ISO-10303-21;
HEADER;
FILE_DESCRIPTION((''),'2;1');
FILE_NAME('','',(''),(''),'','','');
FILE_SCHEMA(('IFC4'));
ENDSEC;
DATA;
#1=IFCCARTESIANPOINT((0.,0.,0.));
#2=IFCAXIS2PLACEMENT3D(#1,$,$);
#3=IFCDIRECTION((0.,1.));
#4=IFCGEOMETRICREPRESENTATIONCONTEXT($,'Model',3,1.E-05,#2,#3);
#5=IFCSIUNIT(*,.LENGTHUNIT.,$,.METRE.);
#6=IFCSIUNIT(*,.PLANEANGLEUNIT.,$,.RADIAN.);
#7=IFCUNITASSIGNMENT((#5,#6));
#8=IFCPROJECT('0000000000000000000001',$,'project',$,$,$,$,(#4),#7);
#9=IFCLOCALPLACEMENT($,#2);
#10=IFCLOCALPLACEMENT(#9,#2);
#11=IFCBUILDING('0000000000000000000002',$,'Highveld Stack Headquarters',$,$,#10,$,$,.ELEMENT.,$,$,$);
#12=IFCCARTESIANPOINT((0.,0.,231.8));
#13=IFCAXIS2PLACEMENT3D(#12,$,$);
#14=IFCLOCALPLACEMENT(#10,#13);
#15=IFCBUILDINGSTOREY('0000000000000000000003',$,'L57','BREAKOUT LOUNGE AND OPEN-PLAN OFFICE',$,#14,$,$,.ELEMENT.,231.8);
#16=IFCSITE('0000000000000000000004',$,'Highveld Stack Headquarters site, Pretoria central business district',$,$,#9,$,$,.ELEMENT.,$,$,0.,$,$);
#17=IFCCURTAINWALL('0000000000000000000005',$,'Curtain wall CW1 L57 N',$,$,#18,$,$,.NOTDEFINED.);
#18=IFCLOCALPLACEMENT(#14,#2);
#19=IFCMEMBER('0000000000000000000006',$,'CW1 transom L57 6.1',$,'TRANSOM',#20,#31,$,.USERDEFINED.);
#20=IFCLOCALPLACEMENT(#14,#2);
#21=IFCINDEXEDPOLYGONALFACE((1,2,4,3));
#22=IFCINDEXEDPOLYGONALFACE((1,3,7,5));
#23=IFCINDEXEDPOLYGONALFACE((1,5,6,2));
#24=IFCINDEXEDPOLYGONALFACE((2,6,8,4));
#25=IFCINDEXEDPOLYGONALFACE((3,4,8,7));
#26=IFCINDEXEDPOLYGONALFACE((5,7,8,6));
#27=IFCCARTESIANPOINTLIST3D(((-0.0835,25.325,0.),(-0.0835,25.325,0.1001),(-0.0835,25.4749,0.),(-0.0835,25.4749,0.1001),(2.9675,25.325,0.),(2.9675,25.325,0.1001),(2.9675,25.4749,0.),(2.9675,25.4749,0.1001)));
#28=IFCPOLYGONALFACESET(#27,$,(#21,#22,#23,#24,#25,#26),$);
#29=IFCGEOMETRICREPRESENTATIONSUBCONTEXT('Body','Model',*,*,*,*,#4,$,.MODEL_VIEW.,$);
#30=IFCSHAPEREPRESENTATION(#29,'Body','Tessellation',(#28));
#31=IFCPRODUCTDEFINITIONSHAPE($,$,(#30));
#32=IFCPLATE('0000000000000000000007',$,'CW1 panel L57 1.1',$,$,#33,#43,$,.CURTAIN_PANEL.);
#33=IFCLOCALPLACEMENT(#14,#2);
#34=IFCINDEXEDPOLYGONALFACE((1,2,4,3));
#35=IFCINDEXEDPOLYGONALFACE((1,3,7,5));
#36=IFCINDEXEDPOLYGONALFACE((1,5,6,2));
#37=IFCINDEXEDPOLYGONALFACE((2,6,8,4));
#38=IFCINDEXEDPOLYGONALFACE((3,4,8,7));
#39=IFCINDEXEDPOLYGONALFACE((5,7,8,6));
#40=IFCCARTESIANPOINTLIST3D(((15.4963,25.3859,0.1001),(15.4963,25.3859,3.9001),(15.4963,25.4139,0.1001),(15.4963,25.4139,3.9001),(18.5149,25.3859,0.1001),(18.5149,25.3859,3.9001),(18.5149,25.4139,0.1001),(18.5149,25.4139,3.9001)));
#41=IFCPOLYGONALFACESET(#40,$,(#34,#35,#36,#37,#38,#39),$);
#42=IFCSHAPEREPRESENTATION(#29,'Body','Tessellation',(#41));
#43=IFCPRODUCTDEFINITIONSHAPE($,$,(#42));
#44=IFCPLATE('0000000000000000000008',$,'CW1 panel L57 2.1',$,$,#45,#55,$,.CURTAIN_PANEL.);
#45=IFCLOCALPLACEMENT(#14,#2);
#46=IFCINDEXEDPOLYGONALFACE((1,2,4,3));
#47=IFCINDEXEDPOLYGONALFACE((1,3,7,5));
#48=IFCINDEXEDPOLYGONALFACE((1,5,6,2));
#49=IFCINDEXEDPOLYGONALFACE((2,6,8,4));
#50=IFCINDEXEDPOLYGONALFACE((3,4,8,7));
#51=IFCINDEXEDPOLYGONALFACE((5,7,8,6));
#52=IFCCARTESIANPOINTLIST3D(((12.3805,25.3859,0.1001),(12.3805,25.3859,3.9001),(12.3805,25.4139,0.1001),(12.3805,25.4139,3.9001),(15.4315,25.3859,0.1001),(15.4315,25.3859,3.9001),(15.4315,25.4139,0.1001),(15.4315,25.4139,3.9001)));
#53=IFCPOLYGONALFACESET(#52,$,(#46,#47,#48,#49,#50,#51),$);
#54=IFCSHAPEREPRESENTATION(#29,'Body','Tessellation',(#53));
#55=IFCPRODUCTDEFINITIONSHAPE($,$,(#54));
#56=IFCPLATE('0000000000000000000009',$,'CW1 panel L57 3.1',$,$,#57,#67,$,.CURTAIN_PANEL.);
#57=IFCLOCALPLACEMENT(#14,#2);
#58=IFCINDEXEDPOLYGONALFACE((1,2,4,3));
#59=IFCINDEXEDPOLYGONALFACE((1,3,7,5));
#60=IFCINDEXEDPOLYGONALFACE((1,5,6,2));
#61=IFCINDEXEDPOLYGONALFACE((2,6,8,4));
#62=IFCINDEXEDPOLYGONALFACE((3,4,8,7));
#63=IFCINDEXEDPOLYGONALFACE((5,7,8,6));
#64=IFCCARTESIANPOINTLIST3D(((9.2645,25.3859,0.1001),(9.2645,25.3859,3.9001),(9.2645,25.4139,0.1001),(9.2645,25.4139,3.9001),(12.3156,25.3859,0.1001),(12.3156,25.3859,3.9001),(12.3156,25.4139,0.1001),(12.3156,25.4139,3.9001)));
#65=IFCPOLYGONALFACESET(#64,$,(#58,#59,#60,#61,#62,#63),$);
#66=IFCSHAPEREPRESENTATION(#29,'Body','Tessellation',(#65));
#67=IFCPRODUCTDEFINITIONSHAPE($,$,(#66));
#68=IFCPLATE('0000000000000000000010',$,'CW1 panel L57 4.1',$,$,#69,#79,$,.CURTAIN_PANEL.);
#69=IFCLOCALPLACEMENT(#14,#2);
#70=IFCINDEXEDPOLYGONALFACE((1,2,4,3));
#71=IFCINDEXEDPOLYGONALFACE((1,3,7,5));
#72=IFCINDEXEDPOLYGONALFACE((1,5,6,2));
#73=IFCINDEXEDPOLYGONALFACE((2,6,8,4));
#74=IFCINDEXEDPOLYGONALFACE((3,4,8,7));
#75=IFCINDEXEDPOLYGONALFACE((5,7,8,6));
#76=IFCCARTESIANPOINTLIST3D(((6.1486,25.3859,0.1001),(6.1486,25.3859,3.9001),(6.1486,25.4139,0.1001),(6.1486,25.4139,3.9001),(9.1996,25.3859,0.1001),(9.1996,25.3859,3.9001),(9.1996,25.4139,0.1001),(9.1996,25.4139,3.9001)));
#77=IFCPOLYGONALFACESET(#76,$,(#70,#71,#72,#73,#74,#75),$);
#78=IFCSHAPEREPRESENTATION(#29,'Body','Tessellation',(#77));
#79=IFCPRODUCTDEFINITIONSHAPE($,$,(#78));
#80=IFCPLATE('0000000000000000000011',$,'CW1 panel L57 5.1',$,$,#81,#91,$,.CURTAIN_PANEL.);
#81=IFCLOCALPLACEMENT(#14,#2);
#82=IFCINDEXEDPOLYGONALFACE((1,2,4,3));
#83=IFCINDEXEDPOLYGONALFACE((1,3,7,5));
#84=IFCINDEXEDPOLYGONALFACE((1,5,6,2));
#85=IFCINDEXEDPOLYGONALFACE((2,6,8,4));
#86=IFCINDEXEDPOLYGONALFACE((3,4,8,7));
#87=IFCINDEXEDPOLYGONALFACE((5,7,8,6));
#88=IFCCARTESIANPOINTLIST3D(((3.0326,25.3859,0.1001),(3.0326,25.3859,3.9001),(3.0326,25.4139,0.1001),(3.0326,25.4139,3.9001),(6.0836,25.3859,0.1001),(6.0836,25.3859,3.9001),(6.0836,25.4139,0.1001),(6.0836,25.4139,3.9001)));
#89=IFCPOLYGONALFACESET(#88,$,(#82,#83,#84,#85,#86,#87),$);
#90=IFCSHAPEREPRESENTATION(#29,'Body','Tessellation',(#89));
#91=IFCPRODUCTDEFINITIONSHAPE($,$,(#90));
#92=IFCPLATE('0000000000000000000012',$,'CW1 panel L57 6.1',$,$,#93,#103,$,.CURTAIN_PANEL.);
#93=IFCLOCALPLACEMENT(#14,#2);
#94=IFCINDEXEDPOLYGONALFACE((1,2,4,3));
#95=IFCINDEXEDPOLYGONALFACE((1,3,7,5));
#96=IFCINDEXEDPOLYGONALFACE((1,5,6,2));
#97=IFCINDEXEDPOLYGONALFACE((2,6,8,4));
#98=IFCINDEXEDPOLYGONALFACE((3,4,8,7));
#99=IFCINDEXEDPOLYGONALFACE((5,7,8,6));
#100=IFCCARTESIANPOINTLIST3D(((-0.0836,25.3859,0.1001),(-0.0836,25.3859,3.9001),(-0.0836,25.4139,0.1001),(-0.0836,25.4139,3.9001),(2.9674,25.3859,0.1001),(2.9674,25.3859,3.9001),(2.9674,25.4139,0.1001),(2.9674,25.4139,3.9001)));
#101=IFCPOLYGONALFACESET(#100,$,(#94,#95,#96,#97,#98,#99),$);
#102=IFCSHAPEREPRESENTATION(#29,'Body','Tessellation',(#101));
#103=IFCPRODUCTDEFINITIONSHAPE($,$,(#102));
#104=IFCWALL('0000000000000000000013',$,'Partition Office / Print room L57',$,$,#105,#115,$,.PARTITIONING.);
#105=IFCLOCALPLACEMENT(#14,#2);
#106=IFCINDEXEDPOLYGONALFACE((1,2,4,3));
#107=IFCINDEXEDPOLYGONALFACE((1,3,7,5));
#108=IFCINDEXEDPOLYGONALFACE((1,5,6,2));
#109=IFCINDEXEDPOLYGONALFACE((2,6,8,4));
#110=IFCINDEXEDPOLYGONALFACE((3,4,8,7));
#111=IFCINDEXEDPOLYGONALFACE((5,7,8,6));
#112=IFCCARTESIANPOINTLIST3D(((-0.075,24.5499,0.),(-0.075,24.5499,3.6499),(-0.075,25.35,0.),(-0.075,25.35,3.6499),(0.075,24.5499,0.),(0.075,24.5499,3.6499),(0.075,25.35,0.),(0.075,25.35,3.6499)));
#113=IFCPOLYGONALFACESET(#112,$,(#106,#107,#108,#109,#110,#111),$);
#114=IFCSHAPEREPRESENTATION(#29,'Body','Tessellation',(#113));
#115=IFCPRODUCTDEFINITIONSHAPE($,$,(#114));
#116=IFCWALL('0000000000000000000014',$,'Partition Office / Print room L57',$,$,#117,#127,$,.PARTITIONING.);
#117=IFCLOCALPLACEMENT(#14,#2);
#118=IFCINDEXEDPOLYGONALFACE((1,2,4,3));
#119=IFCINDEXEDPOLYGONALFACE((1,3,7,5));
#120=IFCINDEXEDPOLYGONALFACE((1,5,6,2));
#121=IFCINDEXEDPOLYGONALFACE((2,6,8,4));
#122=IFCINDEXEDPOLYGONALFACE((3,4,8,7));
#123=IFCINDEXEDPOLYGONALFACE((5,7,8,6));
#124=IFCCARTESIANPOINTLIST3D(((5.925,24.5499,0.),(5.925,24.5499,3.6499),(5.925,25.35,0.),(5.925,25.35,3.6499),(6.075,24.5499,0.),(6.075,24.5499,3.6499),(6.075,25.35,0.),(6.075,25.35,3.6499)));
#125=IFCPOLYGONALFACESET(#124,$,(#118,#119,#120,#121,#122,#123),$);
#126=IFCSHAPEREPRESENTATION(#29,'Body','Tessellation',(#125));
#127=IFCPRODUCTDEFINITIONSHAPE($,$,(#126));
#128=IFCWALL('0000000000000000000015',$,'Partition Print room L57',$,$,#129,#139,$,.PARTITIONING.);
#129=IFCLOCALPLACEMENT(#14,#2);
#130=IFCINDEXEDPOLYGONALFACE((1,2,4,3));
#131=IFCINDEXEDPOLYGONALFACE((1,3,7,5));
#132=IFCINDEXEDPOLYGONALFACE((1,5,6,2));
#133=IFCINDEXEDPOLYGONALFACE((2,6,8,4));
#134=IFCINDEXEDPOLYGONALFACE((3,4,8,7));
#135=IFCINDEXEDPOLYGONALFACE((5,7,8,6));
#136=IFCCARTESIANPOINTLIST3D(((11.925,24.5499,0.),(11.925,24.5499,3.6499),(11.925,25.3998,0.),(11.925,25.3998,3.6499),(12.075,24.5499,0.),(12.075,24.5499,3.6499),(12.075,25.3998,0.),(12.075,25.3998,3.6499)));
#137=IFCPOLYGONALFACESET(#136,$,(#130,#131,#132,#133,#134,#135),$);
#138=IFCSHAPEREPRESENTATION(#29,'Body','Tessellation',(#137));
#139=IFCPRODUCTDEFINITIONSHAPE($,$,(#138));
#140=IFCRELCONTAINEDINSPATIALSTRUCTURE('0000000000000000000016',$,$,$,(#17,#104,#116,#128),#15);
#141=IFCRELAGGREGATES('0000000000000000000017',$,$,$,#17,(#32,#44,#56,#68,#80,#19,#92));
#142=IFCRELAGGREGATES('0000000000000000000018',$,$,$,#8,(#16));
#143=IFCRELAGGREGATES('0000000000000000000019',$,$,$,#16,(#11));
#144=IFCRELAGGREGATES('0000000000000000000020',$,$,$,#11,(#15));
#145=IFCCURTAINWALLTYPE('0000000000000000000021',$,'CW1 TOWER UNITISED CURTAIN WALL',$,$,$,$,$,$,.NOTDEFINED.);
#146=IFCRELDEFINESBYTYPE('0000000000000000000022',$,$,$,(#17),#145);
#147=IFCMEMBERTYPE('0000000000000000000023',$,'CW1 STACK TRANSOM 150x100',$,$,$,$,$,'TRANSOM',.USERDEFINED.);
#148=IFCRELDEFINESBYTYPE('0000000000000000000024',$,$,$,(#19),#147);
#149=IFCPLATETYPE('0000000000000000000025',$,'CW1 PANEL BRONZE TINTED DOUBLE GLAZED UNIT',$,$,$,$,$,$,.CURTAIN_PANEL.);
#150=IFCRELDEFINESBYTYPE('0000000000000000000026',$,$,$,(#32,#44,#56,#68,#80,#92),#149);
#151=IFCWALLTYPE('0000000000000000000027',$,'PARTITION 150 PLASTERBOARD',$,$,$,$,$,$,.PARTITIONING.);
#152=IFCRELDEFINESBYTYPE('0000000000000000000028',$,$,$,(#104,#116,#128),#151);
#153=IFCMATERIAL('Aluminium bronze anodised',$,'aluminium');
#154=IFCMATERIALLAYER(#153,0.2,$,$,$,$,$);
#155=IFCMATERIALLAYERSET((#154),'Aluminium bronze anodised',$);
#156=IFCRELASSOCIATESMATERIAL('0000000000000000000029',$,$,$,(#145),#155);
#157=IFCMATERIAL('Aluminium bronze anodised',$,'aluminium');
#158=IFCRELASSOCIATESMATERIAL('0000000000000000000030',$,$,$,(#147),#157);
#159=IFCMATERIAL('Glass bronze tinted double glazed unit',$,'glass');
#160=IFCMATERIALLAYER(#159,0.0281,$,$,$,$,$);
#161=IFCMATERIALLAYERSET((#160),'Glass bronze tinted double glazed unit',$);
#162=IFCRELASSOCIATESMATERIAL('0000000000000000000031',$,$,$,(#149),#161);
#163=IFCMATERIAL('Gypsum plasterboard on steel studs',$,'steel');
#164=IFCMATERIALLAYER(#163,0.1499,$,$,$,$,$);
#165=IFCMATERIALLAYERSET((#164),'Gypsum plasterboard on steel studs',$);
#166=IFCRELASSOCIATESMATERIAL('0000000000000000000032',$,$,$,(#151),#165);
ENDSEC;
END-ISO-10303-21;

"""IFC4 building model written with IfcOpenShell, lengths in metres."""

from ifc_helpers import new_model, si_unit, direction, frame, frame_2d, origin, origin_2d, place, context, subcontext, project, spatial, rectangle, extrude, material, layer, layer_set, material_profile, profile_set, type_object, element, aggregate, save


model = new_model("IFC4")

# Units and contexts
model_context = context("Model", 3, precision=1e-05, world=origin(), true_north=direction((0.0, 1.0)))
body_context = subcontext(model_context, "Body", "Model", "MODEL_VIEW")
ifc_project = project(units=[si_unit("LENGTHUNIT", "METRE"), si_unit("PLANEANGLEUNIT", "RADIAN")], contexts=[model_context])

# Site, building, storey
site_placement = place(None, origin())
site = spatial("IfcSite", under=ifc_project, at=site_placement, Name="Highveld Stack Headquarters site, Pretoria central business district", CompositionType="ELEMENT", RefElevation=0.0)
building_placement = place(site_placement, origin())
building = spatial("IfcBuilding", under=site, at=building_placement, Name="Highveld Stack Headquarters", CompositionType="ELEMENT")
storey_placement = place(building_placement, frame((0.0, 0.0, 231.8)))
storey = spatial("IfcBuildingStorey", under=building, at=storey_placement, Name="L57", Description="BREAKOUT LOUNGE AND OPEN-PLAN OFFICE", CompositionType="ELEMENT", Elevation=231.8)

# Curtain wall, member, plates
ifc_material_1 = material(Name="Aluminium bronze anodised", Category="aluminium")
ifc_layer_1 = layer(ifc_material_1, 0.2)
ifc_layer_set_1 = layer_set([ifc_layer_1], Name="Aluminium bronze anodised")
curtain_wall_type = type_object("IfcCurtainWallType", Name="CW1 TOWER UNITISED CURTAIN WALL", PredefinedType="NOTDEFINED", material=ifc_layer_set_1)
curtain_wall_placement = place(storey_placement, origin())
curtain_wall = element("IfcCurtainWall", 1, at=curtain_wall_placement, inside=storey, type_object=curtain_wall_type, Name="Curtain wall CW1 L57 N", PredefinedType="NOTDEFINED")
ifc_material_2 = material(Name="Aluminium bronze anodised", Category="aluminium")
ifc_material_profile_1 = material_profile(ifc_material_2, rectangle(XDim=0.1499, YDim=0.1001, at=origin_2d()), Name="CW1 TRANSOM 150x100")
ifc_profile_set_1 = profile_set([ifc_material_profile_1], Name="Aluminium bronze anodised")
member_type_1 = type_object("IfcMemberType", Name="CW1 STACK TRANSOM 150x100", ElementType="TRANSOM", PredefinedType="USERDEFINED", material=ifc_profile_set_1)
member_1_placement = place(storey_placement, frame((2.9675, 25.3999, 0.05), z_axis=(-1.0, 0.0, 0.0), x_axis=(0.0, -1.0, 0.0)))
member_1 = element("IfcMember", 2, at=member_1_placement, type_object=member_type_1, Name="CW1 transom L57 6.1", ObjectType="TRANSOM", PredefinedType="USERDEFINED", context=body_context, shape_type="SweptSolid", body=[
    extrude(rectangle(XDim=0.1499, YDim=0.1001, at=origin_2d()), origin(), (0.0, 0.0, 1.0), 3.051),
])
ifc_material_3 = material(Name="Glass bronze tinted double glazed unit", Category="glass")
ifc_layer_2 = layer(ifc_material_3, 0.0281)
ifc_layer_set_2 = layer_set([ifc_layer_2], Name="Glass bronze tinted double glazed unit")
plate_type = type_object("IfcPlateType", Name="CW1 PANEL BRONZE TINTED DOUBLE GLAZED UNIT", PredefinedType="CURTAIN_PANEL", material=ifc_layer_set_2)
plate_1_placement = place(storey_placement, frame((17.0056, 25.3999, 0.1001), z_axis=(0.0, 0.0, 1.0), x_axis=(-1.0, 0.0, 0.0)))
plate_1 = element("IfcPlate", 3, at=plate_1_placement, type_object=plate_type, Name="CW1 panel L57 1.1", PredefinedType="CURTAIN_PANEL", context=body_context, shape_type="SweptSolid", body=[
    extrude(rectangle(XDim=3.0186, YDim=0.0281, at=origin_2d()), origin(), (0.0, 0.0, 1.0), 3.8),
])
plate_2_placement = place(storey_placement, frame((13.906, 25.3999, 0.1001), z_axis=(0.0, 0.0, 1.0), x_axis=(-1.0, 0.0, 0.0)))
plate_2 = element("IfcPlate", 4, at=plate_2_placement, type_object=plate_type, Name="CW1 panel L57 2.1", PredefinedType="CURTAIN_PANEL", context=body_context, shape_type="SweptSolid", body=[
    extrude(rectangle(XDim=3.051, YDim=0.0281, at=origin_2d()), origin(), (0.0, 0.0, 1.0), 3.8),
])
plate_3_placement = place(storey_placement, frame((10.79, 25.3999, 0.1001), z_axis=(0.0, 0.0, 1.0), x_axis=(-1.0, 0.0, 0.0)))
plate_3 = element("IfcPlate", 5, at=plate_3_placement, type_object=plate_type, Name="CW1 panel L57 3.1", PredefinedType="CURTAIN_PANEL", context=body_context, shape_type="SweptSolid", body=[
    extrude(rectangle(XDim=3.051, YDim=0.0281, at=origin_2d()), origin(), (0.0, 0.0, 1.0), 3.8),
])
plate_4_placement = place(storey_placement, frame((7.6741, 25.3999, 0.1001), z_axis=(0.0, 0.0, 1.0), x_axis=(-1.0, 0.0, 0.0)))
plate_4 = element("IfcPlate", 6, at=plate_4_placement, type_object=plate_type, Name="CW1 panel L57 4.1", PredefinedType="CURTAIN_PANEL", context=body_context, shape_type="SweptSolid", body=[
    extrude(rectangle(XDim=3.051, YDim=0.0281, at=origin_2d()), origin(), (0.0, 0.0, 1.0), 3.8),
])
plate_5_placement = place(storey_placement, frame((4.5581, 25.3999, 0.1001), z_axis=(0.0, 0.0, 1.0), x_axis=(-1.0, 0.0, 0.0)))
plate_5 = element("IfcPlate", 7, at=plate_5_placement, type_object=plate_type, Name="CW1 panel L57 5.1", PredefinedType="CURTAIN_PANEL", context=body_context, shape_type="SweptSolid", body=[
    extrude(rectangle(XDim=3.051, YDim=0.0281, at=origin_2d()), origin(), (0.0, 0.0, 1.0), 3.8),
])
plate_6_placement = place(storey_placement, frame((1.4419, 25.3999, 0.1001), z_axis=(0.0, 0.0, 1.0), x_axis=(-1.0, 0.0, 0.0)))
plate_6 = element("IfcPlate", 8, at=plate_6_placement, type_object=plate_type, Name="CW1 panel L57 6.1", PredefinedType="CURTAIN_PANEL", context=body_context, shape_type="SweptSolid", body=[
    extrude(rectangle(XDim=3.051, YDim=0.0281, at=origin_2d()), origin(), (0.0, 0.0, 1.0), 3.8),
])
aggregate(curtain_wall, [plate_1, plate_2, plate_3, plate_4, plate_5, member_1, plate_6])

# Walls
ifc_material_4 = material(Name="Gypsum plasterboard on steel studs", Category="steel")
ifc_layer_3 = layer(ifc_material_4, 0.1499)
ifc_layer_set_3 = layer_set([ifc_layer_3], Name="Gypsum plasterboard on steel studs")
wall_type = type_object("IfcWallType", Name="PARTITION 150 PLASTERBOARD", PredefinedType="PARTITIONING", material=ifc_layer_set_3)
for number, where, z_axis, x_axis, name in (
    (9, (0.0, 24.55, 0.0), (0.0, 0.0, 1.0), (0.0, 1.0, 0.0), "Partition Office / Print room L57"),
    (10, (6.0, 24.55, 0.0), (0.0, 0.0, 1.0), (0.0, 1.0, 0.0), "Partition Office / Print room L57"),
):
    element("IfcWall", number, at=place(storey_placement, frame(where, z_axis=z_axis, x_axis=x_axis)), inside=storey, type_object=wall_type, Name=name, PredefinedType="PARTITIONING", context=body_context, shape_type="SweptSolid", body=[
        extrude(rectangle(XDim=0.8, YDim=0.1499, at=frame_2d((0.3999, 0.0))), origin(), (0.0, 0.0, 1.0), 3.6499),
    ])
wall_placement = place(storey_placement, frame((12.0, 24.55, 0.0), z_axis=(0.0, 0.0, 1.0), x_axis=(0.0, 1.0, 0.0)))
element("IfcWall", 11, at=wall_placement, inside=storey, type_object=wall_type, Name="Partition Print room L57", PredefinedType="PARTITIONING", context=body_context, shape_type="SweptSolid", body=[
    extrude(rectangle(XDim=0.8499, YDim=0.1499, at=frame_2d((0.4248, 0.0))), origin(), (0.0, 0.0, 1.0), 3.6499),
])

save(model, "model.ifc")
